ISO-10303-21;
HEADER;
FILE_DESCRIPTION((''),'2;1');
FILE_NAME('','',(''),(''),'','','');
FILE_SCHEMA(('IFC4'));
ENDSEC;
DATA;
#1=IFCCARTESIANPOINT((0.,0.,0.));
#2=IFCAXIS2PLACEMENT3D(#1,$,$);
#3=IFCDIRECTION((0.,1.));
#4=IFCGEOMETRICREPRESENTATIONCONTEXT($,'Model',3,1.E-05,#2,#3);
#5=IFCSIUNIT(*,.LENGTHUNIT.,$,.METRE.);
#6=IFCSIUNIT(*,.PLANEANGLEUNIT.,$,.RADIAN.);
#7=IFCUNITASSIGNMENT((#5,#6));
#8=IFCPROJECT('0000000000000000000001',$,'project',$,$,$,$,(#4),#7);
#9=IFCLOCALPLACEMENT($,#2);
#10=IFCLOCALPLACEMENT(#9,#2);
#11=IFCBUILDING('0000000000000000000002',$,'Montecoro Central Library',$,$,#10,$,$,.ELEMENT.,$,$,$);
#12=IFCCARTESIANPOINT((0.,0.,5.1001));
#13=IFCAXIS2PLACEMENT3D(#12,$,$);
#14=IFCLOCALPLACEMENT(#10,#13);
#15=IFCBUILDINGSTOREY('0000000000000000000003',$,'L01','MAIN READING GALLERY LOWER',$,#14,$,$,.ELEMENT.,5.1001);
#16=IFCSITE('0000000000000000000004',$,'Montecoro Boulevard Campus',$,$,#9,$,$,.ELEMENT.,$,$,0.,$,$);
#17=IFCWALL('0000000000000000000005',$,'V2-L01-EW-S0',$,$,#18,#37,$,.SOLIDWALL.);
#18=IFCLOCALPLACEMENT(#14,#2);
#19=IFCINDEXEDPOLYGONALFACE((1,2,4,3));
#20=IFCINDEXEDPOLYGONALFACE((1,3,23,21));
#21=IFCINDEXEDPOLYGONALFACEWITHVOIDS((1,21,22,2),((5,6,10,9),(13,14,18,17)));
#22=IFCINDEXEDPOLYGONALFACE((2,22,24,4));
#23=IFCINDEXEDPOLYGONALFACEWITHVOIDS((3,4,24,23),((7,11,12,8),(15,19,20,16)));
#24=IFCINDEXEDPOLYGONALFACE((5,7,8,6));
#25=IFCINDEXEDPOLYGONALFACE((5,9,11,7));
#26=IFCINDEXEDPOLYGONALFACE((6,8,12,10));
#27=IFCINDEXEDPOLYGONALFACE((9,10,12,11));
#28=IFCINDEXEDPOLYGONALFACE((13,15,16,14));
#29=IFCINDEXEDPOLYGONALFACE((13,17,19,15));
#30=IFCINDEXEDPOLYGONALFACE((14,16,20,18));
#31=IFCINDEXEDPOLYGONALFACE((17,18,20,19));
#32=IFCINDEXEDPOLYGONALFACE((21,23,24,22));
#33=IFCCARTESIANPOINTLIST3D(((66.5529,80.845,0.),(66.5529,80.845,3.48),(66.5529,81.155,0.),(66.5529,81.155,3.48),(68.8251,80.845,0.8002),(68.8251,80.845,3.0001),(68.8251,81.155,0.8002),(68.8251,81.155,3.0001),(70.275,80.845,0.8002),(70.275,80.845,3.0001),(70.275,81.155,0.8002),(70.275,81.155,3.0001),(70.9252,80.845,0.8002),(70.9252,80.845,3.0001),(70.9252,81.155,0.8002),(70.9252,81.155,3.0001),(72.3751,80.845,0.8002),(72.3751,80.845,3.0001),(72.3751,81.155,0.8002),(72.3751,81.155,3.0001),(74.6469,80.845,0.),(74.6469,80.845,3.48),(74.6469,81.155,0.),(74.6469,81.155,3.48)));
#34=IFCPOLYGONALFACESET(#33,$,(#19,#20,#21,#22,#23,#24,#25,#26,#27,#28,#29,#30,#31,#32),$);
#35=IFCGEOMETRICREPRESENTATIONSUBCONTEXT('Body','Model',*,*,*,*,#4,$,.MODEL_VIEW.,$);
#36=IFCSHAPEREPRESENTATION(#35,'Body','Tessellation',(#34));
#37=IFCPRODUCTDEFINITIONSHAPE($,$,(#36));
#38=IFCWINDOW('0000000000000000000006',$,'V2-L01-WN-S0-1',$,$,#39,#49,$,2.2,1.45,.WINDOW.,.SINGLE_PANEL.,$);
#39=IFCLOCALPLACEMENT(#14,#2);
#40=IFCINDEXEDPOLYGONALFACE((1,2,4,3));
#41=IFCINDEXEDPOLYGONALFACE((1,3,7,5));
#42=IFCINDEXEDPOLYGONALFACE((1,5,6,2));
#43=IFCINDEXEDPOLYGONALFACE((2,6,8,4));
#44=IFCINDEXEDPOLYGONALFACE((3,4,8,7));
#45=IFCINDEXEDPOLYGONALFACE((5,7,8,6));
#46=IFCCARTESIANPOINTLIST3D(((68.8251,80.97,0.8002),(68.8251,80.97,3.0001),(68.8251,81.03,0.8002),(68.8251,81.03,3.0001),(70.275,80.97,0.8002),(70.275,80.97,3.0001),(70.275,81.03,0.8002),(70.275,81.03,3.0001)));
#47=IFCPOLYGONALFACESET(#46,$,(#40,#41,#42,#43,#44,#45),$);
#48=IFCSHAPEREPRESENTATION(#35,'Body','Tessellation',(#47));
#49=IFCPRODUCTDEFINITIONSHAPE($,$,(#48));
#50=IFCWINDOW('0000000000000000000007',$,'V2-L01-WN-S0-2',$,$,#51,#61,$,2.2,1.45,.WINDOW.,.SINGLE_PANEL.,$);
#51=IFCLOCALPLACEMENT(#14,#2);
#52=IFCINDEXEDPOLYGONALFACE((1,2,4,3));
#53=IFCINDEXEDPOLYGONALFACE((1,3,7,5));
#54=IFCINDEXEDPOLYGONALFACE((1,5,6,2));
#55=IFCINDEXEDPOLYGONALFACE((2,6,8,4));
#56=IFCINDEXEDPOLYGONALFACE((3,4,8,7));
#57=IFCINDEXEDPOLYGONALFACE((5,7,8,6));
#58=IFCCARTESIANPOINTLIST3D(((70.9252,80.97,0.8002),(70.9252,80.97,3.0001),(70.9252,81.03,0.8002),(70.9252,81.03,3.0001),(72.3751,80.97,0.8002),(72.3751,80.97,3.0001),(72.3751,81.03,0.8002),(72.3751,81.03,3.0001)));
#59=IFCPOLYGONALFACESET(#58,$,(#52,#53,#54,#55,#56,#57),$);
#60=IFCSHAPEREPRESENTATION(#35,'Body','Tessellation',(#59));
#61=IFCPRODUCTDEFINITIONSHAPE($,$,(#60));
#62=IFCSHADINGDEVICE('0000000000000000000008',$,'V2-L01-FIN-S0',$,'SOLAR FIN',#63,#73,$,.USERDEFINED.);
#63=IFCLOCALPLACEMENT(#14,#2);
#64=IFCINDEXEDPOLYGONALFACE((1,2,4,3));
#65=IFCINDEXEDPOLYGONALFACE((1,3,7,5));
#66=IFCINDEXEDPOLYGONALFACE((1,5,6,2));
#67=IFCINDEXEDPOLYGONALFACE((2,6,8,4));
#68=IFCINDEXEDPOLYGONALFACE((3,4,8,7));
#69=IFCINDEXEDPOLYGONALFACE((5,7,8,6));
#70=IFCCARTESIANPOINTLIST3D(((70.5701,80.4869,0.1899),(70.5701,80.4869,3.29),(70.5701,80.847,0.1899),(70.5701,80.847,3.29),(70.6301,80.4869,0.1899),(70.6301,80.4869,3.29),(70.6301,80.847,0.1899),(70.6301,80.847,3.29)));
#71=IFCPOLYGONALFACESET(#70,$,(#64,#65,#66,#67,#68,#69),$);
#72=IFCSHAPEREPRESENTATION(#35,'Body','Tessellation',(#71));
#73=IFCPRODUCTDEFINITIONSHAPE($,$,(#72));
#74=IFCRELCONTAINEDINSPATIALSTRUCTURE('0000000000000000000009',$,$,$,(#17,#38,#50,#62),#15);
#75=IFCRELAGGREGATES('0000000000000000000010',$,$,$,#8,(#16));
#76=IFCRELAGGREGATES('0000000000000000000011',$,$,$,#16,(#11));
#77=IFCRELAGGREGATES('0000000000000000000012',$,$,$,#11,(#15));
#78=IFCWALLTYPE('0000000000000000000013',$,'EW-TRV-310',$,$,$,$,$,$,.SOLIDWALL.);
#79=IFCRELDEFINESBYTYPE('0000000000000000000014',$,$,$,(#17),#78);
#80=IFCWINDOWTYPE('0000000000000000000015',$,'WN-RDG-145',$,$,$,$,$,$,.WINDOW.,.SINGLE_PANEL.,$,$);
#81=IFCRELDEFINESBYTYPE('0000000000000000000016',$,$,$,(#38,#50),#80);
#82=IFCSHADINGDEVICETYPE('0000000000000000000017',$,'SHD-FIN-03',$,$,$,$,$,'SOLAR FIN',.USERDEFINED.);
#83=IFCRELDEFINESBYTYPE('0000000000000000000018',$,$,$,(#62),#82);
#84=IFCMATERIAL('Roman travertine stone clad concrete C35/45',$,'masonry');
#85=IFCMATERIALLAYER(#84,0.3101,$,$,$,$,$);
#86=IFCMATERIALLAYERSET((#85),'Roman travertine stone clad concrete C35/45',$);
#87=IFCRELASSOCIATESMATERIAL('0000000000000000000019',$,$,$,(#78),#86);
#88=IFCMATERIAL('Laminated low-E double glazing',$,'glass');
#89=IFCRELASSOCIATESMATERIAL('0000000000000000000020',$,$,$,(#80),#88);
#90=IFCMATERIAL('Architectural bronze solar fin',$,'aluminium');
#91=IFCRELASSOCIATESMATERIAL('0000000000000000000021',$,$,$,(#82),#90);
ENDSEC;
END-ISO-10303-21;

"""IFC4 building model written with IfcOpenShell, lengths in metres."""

from ifc_helpers import new_model, si_unit, direction, frame, frame_2d, origin, origin_2d, place, context, subcontext, project, spatial, rectangle, extrude, material, layer, layer_set, type_object, element, fill, save


model = new_model("IFC4")

# Units and contexts
model_context = context("Model", 3, precision=1e-05, world=origin(), true_north=direction((0.0, 1.0)))
body_context = subcontext(model_context, "Body", "Model", "MODEL_VIEW")
ifc_project = project(units=[si_unit("LENGTHUNIT", "METRE"), si_unit("PLANEANGLEUNIT", "RADIAN")], contexts=[model_context])

# Site, building, storey
site_placement = place(None, origin())
site = spatial("IfcSite", under=ifc_project, at=site_placement, Name="Montecoro Boulevard Campus", CompositionType="ELEMENT", RefElevation=0.0)
building_placement = place(site_placement, origin())
building = spatial("IfcBuilding", under=site, at=building_placement, Name="Montecoro Central Library", CompositionType="ELEMENT")
storey_placement = place(building_placement, frame((0.0, 0.0, 5.1001)))
storey = spatial("IfcBuildingStorey", under=building, at=storey_placement, Name="L01", Description="MAIN READING GALLERY LOWER", CompositionType="ELEMENT", Elevation=5.1001)

# Shared definitions
ifc_material_1 = material(Name="Laminated low-E double glazing", Category="glass")

# Wall, openings, windows
ifc_material_2 = material(Name="Roman travertine stone clad concrete C35/45", Category="masonry")
ifc_layer_1 = layer(ifc_material_2, 0.3101)
ifc_layer_set_1 = layer_set([ifc_layer_1], Name="Roman travertine stone clad concrete C35/45")
wall_type = type_object("IfcWallType", Name="EW-TRV-310", PredefinedType="SOLIDWALL", material=ifc_layer_set_1)
wall_placement = place(storey_placement, frame((66.553, 81.0, 0.0), z_axis=(0.0, 0.0, 1.0), x_axis=(1.0, 0.0, 0.0)))
wall = element("IfcWall", 1, at=wall_placement, inside=storey, type_object=wall_type, Name="V2-L01-EW-S0", PredefinedType="SOLIDWALL", context=body_context, shape_type="SweptSolid", body=[
    extrude(rectangle(XDim=8.094, YDim=0.3101, at=frame_2d((4.0469, 0.0))), origin(), (0.0, 0.0, 1.0), 3.48),
])
opening_1_placement = place(wall_placement, frame((2.272, 0.0, 0.8)))
opening_1 = element("IfcOpeningElement", 2, at=opening_1_placement, cuts=wall, PredefinedType="OPENING", context=body_context, shape_type="SweptSolid", body=[
    extrude(rectangle(XDim=1.45, YDim=2.2, at=frame_2d((0.7251, 1.1001))), frame((0.0, 0.165, 0.0), z_axis=(0.0, -1.0, 0.0), x_axis=(1.0, 0.0, 0.0)), (0.0, 0.0, 1.0), 0.3301),
])
opening_2_placement = place(wall_placement, frame((4.3721, 0.0, 0.8)))
opening_2 = element("IfcOpeningElement", 3, at=opening_2_placement, cuts=wall, PredefinedType="OPENING", context=body_context, shape_type="SweptSolid", body=[
    extrude(rectangle(XDim=1.45, YDim=2.2, at=frame_2d((0.7251, 1.1001))), frame((0.0, 0.165, 0.0), z_axis=(0.0, -1.0, 0.0), x_axis=(1.0, 0.0, 0.0)), (0.0, 0.0, 1.0), 0.3301),
])
window_type = type_object("IfcWindowType", Name="WN-RDG-145", PartitioningType="SINGLE_PANEL", PredefinedType="WINDOW", material=ifc_material_1)
window_1_placement = place(opening_1_placement, origin())
window_1 = element("IfcWindow", 4, at=window_1_placement, inside=storey, type_object=window_type, Name="V2-L01-WN-S0-1", OverallHeight=2.2, OverallWidth=1.45, PartitioningType="SINGLE_PANEL", PredefinedType="WINDOW", context=body_context, shape_type="SweptSolid", body=[
    extrude(rectangle(XDim=1.45, YDim=2.2, at=frame_2d((0.7251, 1.1001))), frame((0.0, 0.03, 0.0), z_axis=(0.0, -1.0, 0.0), x_axis=(1.0, 0.0, 0.0)), (0.0, 0.0, 1.0), 0.0601),
])
fill(opening_1, window_1)
window_2_placement = place(opening_2_placement, origin())
window_2 = element("IfcWindow", 5, at=window_2_placement, inside=storey, type_object=window_type, Name="V2-L01-WN-S0-2", OverallHeight=2.2, OverallWidth=1.45, PartitioningType="SINGLE_PANEL", PredefinedType="WINDOW", context=body_context, shape_type="SweptSolid", body=[
    extrude(rectangle(XDim=1.45, YDim=2.2, at=frame_2d((0.7251, 1.1001))), frame((0.0, 0.03, 0.0), z_axis=(0.0, -1.0, 0.0), x_axis=(1.0, 0.0, 0.0)), (0.0, 0.0, 1.0), 0.0601),
])
fill(opening_2, window_2)

# Shading device
ifc_material_3 = material(Name="Architectural bronze solar fin", Category="aluminium")
shading_device_type = type_object("IfcShadingDeviceType", Name="SHD-FIN-03", ElementType="SOLAR FIN", PredefinedType="USERDEFINED", material=ifc_material_3)
shading_device_placement = place(storey_placement, frame((70.6001, 80.667, 0.1899), z_axis=(0.0, 0.0, 1.0), x_axis=(1.0, 0.0, 0.0)))
element("IfcShadingDevice", 6, at=shading_device_placement, inside=storey, type_object=shading_device_type, Name="V2-L01-FIN-S0", ObjectType="SOLAR FIN", PredefinedType="USERDEFINED", context=body_context, shape_type="SweptSolid", body=[
    extrude(rectangle(XDim=0.0601, YDim=0.3601, at=origin_2d()), origin(), (0.0, 0.0, 1.0), 3.1001),
])

save(model, "model.ifc")
